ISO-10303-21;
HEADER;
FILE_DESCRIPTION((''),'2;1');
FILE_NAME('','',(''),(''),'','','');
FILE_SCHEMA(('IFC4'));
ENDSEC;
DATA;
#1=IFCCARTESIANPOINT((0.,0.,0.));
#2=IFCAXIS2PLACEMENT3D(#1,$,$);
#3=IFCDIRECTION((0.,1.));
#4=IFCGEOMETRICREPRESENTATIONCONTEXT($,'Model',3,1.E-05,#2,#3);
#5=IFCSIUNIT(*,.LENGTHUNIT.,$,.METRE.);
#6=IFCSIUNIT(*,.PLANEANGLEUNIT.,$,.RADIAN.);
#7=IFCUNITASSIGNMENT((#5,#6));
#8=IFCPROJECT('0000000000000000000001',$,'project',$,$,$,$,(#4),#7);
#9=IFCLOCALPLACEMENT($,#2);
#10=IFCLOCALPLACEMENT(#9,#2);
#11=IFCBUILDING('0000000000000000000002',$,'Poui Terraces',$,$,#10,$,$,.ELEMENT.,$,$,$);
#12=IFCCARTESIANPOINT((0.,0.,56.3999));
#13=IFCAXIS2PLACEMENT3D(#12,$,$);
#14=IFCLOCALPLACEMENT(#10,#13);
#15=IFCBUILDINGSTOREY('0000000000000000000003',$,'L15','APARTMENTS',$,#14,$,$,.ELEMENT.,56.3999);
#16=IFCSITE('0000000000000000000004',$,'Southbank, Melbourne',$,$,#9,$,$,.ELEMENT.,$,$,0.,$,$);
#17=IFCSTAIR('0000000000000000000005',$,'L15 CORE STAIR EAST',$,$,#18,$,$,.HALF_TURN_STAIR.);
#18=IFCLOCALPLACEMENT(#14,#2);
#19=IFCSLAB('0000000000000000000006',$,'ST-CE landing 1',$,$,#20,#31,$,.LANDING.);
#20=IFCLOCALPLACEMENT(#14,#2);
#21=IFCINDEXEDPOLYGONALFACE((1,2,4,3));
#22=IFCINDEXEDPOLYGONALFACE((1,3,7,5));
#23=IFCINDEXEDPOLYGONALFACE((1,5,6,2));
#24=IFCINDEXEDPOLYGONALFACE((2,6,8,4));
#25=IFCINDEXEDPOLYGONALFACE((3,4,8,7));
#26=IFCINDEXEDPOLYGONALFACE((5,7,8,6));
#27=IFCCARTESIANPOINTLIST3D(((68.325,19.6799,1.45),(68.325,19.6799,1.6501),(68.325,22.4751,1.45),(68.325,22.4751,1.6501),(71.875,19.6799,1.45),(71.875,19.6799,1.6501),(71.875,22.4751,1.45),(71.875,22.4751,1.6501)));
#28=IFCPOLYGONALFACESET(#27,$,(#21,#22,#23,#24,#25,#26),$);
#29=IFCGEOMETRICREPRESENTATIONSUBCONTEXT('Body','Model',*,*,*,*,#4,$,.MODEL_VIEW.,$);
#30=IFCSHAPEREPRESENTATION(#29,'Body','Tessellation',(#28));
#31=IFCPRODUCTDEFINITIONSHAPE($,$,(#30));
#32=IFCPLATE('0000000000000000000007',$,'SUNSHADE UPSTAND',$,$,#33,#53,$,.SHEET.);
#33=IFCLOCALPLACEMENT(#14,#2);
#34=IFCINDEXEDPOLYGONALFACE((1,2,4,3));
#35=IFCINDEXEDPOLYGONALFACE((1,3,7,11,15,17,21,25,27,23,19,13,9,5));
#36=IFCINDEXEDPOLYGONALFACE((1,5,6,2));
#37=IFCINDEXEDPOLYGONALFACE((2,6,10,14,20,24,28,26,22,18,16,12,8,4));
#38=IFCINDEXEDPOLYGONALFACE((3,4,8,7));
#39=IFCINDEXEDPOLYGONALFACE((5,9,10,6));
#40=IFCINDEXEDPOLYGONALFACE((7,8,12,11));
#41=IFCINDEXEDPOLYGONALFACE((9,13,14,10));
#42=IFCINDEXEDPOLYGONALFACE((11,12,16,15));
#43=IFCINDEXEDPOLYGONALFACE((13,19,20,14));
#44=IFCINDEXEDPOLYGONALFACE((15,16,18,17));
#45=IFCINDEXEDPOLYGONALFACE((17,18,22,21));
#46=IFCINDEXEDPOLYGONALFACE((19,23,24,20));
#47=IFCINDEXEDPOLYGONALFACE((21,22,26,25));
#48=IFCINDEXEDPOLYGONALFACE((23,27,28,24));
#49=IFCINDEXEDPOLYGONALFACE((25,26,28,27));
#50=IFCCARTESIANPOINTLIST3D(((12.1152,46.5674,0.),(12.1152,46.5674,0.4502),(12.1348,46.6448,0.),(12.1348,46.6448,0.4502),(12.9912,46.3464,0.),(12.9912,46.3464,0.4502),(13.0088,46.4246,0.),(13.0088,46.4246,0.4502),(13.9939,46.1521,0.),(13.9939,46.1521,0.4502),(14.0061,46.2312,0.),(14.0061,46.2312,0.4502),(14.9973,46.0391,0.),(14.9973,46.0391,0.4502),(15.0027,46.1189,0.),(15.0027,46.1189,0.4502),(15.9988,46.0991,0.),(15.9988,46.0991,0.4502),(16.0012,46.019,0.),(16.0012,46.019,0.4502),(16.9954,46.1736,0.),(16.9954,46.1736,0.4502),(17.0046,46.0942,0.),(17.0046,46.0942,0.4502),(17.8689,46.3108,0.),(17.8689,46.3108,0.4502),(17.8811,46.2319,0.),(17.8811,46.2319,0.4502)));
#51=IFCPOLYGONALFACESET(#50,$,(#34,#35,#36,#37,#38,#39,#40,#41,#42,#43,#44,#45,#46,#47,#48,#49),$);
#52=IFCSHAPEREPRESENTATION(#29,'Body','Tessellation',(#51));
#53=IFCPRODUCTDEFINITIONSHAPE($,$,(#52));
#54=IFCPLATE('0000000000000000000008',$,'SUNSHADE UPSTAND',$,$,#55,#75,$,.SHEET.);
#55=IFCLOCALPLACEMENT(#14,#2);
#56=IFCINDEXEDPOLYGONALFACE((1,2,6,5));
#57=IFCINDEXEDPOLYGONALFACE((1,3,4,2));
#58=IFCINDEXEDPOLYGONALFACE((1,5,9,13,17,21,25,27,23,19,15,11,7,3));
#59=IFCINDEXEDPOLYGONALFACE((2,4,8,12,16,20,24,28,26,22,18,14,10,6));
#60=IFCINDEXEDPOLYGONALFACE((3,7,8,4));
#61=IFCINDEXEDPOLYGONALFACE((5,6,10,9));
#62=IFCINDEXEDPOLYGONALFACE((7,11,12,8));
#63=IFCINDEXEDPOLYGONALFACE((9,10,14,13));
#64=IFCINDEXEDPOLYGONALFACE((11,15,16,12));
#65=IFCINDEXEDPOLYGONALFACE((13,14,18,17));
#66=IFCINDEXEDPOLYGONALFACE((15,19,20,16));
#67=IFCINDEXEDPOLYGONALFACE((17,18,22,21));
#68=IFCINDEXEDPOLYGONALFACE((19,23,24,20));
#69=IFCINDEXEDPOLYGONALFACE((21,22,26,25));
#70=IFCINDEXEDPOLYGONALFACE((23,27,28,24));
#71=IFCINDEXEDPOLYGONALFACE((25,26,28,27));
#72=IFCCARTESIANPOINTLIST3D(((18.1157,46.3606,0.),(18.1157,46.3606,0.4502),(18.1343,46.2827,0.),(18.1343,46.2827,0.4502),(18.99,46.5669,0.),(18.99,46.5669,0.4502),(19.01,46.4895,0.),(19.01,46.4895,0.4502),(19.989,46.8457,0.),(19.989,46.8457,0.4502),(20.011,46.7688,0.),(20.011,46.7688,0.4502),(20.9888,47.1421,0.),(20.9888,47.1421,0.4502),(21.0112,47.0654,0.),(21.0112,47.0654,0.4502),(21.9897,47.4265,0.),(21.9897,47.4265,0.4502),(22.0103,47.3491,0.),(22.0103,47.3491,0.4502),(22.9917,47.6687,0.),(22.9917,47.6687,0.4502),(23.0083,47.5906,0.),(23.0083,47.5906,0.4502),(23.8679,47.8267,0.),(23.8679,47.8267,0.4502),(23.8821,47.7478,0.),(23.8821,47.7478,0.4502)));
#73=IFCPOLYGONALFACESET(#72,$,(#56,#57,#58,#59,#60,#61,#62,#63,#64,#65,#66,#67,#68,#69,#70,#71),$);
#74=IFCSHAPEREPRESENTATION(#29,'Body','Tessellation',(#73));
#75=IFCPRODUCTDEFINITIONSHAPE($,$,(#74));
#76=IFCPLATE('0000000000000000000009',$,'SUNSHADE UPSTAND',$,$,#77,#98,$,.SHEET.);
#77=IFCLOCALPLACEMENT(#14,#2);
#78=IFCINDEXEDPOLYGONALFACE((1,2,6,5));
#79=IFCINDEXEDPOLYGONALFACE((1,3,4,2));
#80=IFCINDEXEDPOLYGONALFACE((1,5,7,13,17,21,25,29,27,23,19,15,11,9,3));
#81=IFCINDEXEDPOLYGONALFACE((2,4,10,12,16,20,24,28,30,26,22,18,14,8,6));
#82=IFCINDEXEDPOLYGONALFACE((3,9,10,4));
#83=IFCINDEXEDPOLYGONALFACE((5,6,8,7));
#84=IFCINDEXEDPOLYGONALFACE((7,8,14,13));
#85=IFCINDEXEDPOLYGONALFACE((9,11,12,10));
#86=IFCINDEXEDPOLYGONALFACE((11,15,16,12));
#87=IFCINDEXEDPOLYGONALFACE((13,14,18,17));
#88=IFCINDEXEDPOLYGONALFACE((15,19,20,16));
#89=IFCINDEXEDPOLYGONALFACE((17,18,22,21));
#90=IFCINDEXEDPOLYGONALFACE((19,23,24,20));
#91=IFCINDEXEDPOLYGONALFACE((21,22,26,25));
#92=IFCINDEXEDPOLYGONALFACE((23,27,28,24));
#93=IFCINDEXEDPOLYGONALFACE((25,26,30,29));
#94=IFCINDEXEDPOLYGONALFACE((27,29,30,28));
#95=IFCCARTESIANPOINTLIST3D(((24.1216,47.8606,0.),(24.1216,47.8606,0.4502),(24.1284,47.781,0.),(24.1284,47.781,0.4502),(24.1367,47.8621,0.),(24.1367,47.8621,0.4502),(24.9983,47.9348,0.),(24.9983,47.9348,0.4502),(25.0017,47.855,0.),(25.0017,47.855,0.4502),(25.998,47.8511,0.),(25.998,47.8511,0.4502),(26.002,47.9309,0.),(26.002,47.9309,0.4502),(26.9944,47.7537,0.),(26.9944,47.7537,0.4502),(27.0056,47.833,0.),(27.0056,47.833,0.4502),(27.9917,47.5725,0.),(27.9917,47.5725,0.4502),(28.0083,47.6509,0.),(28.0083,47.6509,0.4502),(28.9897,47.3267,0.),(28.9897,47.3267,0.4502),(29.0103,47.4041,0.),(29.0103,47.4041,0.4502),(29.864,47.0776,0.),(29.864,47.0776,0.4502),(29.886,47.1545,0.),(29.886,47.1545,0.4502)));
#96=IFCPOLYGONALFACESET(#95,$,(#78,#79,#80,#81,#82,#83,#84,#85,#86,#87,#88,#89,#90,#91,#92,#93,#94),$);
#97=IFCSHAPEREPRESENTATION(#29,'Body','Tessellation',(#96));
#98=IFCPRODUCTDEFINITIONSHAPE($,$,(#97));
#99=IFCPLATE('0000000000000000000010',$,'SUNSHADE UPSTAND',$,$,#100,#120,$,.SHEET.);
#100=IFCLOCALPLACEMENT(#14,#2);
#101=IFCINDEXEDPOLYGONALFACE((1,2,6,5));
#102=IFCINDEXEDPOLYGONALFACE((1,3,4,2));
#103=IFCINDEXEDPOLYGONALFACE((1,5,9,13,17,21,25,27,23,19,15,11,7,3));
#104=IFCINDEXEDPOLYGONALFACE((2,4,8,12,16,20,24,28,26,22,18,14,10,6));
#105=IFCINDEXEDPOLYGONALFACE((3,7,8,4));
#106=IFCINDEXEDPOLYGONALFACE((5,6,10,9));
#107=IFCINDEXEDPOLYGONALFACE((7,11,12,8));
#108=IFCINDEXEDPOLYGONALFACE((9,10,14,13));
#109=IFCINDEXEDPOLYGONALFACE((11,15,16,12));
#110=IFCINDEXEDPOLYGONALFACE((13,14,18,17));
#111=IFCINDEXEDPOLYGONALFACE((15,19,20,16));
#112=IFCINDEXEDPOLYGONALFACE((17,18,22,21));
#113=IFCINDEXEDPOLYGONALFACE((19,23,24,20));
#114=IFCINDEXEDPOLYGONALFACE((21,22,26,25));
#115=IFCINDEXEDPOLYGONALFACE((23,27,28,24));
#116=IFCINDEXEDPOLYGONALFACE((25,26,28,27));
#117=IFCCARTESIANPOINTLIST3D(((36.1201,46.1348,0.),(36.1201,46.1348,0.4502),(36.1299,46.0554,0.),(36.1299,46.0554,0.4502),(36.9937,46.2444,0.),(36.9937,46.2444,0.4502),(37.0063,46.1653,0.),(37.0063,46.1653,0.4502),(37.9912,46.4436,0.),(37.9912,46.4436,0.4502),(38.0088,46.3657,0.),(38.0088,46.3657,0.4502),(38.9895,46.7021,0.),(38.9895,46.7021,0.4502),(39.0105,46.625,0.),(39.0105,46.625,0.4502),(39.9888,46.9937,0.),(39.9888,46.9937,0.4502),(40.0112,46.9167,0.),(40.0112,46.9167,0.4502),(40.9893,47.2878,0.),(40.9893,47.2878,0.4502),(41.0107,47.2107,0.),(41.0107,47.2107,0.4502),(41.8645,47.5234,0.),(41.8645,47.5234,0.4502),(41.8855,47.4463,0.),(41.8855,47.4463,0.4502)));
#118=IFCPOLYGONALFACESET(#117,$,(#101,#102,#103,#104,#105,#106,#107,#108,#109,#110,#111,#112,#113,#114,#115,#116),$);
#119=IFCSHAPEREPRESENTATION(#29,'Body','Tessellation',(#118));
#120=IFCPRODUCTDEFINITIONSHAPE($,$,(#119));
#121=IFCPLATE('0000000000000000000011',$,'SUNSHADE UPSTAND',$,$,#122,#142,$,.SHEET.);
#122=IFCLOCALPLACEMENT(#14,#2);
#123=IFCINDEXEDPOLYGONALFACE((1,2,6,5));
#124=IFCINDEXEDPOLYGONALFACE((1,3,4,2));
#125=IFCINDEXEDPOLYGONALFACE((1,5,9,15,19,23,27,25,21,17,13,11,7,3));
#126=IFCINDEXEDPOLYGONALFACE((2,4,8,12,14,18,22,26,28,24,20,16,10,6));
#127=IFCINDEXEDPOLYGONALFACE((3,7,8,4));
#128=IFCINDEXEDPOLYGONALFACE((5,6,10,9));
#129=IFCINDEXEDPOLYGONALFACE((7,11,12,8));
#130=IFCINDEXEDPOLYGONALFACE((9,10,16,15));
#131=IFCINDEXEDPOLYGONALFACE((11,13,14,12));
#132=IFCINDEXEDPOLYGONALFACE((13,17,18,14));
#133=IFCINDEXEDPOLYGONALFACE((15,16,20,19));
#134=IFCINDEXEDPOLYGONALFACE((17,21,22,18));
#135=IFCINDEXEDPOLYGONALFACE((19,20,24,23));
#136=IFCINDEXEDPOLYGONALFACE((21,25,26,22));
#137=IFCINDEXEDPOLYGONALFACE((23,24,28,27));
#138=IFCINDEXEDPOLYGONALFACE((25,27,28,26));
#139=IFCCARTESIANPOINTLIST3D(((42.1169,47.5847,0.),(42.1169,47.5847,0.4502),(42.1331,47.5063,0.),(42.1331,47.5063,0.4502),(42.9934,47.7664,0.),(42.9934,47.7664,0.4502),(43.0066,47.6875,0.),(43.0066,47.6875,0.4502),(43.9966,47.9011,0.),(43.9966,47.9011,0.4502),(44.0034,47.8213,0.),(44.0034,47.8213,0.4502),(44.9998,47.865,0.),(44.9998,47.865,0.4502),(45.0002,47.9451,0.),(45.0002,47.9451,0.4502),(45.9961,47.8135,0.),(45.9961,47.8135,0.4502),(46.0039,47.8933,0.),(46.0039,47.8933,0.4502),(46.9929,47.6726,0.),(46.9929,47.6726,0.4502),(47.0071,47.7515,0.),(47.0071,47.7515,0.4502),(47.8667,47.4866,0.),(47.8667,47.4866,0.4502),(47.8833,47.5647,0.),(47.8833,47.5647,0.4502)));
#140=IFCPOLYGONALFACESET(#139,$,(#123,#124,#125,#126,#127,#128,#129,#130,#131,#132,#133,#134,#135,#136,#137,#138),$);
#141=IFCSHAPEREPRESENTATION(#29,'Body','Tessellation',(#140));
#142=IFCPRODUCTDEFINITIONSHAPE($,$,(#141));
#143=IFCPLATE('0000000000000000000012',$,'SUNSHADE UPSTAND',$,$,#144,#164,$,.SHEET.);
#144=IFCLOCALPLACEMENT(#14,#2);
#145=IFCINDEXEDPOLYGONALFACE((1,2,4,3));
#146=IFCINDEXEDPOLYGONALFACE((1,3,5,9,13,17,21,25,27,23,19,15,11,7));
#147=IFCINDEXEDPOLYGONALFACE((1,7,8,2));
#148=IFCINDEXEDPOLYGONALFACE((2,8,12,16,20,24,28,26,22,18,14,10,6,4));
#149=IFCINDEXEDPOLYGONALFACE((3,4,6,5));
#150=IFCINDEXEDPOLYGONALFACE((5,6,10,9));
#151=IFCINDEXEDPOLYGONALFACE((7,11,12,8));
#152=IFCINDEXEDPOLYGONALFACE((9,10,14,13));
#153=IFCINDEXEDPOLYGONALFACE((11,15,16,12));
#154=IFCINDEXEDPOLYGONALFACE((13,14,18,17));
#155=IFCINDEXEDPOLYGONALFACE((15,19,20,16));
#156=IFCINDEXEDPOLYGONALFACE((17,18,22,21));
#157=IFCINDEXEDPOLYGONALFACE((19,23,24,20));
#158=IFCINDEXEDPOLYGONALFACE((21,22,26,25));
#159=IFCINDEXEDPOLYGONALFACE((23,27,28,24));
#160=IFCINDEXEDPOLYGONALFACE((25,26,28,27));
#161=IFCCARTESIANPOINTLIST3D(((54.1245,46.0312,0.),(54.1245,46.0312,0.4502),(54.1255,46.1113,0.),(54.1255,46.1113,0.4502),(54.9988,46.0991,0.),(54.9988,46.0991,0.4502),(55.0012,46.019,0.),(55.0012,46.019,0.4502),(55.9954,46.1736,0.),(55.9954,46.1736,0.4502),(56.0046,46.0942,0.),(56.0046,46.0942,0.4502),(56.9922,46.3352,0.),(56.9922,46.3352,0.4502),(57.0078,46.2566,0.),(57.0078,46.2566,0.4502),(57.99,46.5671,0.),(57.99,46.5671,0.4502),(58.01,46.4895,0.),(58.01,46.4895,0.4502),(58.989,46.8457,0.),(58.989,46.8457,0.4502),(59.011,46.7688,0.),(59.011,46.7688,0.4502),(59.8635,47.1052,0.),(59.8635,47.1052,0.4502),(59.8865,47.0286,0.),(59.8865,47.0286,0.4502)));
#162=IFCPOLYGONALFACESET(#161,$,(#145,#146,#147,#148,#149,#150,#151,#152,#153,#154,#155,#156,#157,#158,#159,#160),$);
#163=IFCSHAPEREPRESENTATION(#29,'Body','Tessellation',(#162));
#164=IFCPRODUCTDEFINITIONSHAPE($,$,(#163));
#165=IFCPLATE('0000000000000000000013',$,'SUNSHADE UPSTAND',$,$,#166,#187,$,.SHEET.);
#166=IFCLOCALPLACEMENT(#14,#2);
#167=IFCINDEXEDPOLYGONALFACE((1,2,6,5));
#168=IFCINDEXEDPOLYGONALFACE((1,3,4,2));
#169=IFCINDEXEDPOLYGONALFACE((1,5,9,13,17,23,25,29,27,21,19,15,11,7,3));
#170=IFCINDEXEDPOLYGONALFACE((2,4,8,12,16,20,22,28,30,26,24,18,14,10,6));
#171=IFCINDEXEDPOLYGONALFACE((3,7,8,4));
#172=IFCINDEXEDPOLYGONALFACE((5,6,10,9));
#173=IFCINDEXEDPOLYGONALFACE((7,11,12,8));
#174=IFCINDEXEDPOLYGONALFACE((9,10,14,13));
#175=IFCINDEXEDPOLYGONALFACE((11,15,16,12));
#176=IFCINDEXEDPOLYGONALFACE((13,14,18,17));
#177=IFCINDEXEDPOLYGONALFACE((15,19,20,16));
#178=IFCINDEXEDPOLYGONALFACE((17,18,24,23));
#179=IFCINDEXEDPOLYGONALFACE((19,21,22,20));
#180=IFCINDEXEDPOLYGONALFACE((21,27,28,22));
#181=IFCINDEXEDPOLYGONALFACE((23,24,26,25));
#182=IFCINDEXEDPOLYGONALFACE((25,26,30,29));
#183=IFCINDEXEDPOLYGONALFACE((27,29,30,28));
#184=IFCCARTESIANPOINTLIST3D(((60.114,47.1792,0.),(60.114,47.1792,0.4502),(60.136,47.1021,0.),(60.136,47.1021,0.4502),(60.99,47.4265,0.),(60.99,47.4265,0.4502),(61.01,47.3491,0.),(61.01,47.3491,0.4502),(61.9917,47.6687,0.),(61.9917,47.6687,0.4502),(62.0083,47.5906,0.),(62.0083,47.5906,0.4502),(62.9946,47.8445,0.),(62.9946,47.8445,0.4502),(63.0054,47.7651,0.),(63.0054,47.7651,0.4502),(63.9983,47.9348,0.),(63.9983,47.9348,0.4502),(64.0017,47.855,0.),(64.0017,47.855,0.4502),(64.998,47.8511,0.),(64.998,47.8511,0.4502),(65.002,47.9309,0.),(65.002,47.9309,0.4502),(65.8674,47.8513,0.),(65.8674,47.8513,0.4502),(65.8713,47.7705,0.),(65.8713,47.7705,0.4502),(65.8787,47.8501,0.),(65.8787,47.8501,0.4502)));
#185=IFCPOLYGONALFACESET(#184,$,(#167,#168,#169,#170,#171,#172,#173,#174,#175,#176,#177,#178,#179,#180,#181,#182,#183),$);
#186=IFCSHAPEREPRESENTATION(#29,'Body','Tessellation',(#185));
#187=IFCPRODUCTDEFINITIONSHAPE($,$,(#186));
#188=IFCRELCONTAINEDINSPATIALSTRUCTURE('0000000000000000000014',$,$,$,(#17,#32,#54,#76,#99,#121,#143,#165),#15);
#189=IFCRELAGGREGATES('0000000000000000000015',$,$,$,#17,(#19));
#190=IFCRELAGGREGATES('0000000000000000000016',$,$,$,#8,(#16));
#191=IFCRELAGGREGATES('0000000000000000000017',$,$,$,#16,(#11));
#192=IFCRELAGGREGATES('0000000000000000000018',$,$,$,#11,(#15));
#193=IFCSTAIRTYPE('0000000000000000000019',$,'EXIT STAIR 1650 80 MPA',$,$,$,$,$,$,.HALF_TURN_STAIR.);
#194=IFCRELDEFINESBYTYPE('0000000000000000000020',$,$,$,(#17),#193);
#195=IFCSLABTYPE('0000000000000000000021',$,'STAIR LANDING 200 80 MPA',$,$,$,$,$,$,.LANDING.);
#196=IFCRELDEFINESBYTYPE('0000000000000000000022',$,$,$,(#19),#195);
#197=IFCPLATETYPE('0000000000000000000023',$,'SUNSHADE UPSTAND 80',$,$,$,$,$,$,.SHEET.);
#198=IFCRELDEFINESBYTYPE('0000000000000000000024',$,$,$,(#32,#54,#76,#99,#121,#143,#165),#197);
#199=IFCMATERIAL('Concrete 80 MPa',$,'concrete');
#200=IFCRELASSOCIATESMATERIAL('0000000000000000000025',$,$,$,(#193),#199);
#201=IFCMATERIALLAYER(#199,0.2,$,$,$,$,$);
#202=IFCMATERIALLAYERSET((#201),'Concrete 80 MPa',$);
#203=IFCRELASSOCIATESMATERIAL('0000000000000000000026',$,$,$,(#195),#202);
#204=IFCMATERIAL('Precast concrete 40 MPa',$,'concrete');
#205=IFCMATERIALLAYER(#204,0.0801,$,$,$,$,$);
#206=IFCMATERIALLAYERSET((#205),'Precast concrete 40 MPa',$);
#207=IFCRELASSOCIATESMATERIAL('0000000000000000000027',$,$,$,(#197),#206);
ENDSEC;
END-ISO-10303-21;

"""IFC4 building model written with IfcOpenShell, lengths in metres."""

from ifc_helpers import new_model, si_unit, direction, frame, origin, place, context, subcontext, project, spatial, polyline, outline, extrude, material, layer, layer_set, type_object, element, aggregate, save


model = new_model("IFC4")

# Units and contexts
model_context = context("Model", 3, precision=1e-05, world=origin(), true_north=direction((0.0, 1.0)))
body_context = subcontext(model_context, "Body", "Model", "MODEL_VIEW")
ifc_project = project(units=[si_unit("LENGTHUNIT", "METRE"), si_unit("PLANEANGLEUNIT", "RADIAN")], contexts=[model_context])

# Site, building, storey
site_placement = place(None, origin())
site = spatial("IfcSite", under=ifc_project, at=site_placement, Name="Southbank, Melbourne", CompositionType="ELEMENT", RefElevation=0.0)
building_placement = place(site_placement, origin())
building = spatial("IfcBuilding", under=site, at=building_placement, Name="Poui Terraces", CompositionType="ELEMENT")
storey_placement = place(building_placement, frame((0.0, 0.0, 56.3999)))
storey = spatial("IfcBuildingStorey", under=building, at=storey_placement, Name="L15", Description="APARTMENTS", CompositionType="ELEMENT", Elevation=56.3999)

# Shared definitions
ifc_material_1 = material(Name="Precast concrete 40 MPa", Category="concrete")

# Stair, slab
ifc_material_2 = material(Name="Concrete 80 MPa", Category="concrete")
stair_type = type_object("IfcStairType", Name="EXIT STAIR 1650 80 MPA", PredefinedType="HALF_TURN_STAIR", material=ifc_material_2)
stair_placement = place(storey_placement, origin())
stair = element("IfcStair", 1, at=stair_placement, inside=storey, type_object=stair_type, Name="L15 CORE STAIR EAST", PredefinedType="HALF_TURN_STAIR")
ifc_layer_1 = layer(ifc_material_2, 0.2)
ifc_layer_set_1 = layer_set([ifc_layer_1], Name="Concrete 80 MPa")
slab_type_1 = type_object("IfcSlabType", Name="STAIR LANDING 200 80 MPA", PredefinedType="LANDING", material=ifc_layer_set_1)
slab_1_placement = place(storey_placement, frame((0.0, 0.0, 1.45)))
slab_1 = element("IfcSlab", 2, at=slab_1_placement, type_object=slab_type_1, Name="ST-CE landing 1", PredefinedType="LANDING", context=body_context, shape_type="SweptSolid", body=[
    extrude(outline(polyline([(68.325, 19.6799), (71.875, 19.6799), (71.875, 22.4751), (68.325, 22.4751), (68.325, 19.6799)])), origin(), (0.0, 0.0, 1.0), 0.2002),
])
aggregate(stair, [slab_1])

# Plates
ifc_layer_2 = layer(ifc_material_1, 0.0801)
ifc_layer_set_2 = layer_set([ifc_layer_2], Name="Precast concrete 40 MPa")
plate_type = type_object("IfcPlateType", Name="SUNSHADE UPSTAND 80", PredefinedType="SHEET", material=ifc_layer_set_2)
plate_1_placement = place(storey_placement, origin())
element("IfcPlate", 3, at=plate_1_placement, inside=storey, type_object=plate_type, Name="SUNSHADE UPSTAND", PredefinedType="SHEET", context=body_context, shape_type="SweptSolid", body=[
    extrude(outline(polyline([(13.0088, 46.4246), (12.1348, 46.6448), (12.1152, 46.5674), (12.9912, 46.3464), (13.9939, 46.1521), (14.9973, 46.0391), (16.0012, 46.019), (17.0046, 46.0942), (17.8811, 46.2319), (17.8689, 46.3108), (16.9954, 46.1736), (15.9988, 46.0991), (15.0027, 46.1189), (14.0061, 46.2312), (13.0088, 46.4246)])), origin(), (0.0, 0.0, 1.0), 0.4502),
])
plate_2_placement = place(storey_placement, origin())
element("IfcPlate", 4, at=plate_2_placement, inside=storey, type_object=plate_type, Name="SUNSHADE UPSTAND", PredefinedType="SHEET", context=body_context, shape_type="SweptSolid", body=[
    extrude(outline(polyline([(18.99, 46.5669), (18.1157, 46.3606), (18.1343, 46.2827), (19.01, 46.4895), (20.011, 46.7688), (21.0112, 47.0654), (22.0103, 47.3491), (23.0083, 47.5906), (23.8821, 47.7478), (23.8679, 47.8267), (22.9917, 47.6687), (21.9897, 47.4265), (20.9888, 47.1421), (19.989, 46.8457), (18.99, 46.5669)])), origin(), (0.0, 0.0, 1.0), 0.4502),
])
plate_3_placement = place(storey_placement, origin())
element("IfcPlate", 5, at=plate_3_placement, inside=storey, type_object=plate_type, Name="SUNSHADE UPSTAND", PredefinedType="SHEET", context=body_context, shape_type="SweptSolid", body=[
    extrude(outline(polyline([(24.9983, 47.9348), (24.1367, 47.8621), (24.1216, 47.8606), (24.1284, 47.781), (25.0017, 47.855), (25.998, 47.8511), (26.9944, 47.7537), (27.9917, 47.5725), (28.9897, 47.3267), (29.864, 47.0776), (29.886, 47.1545), (29.0103, 47.4041), (28.0083, 47.6509), (27.0056, 47.833), (26.002, 47.9309), (24.9983, 47.9348)])), origin(), (0.0, 0.0, 1.0), 0.4502),
])
plate_4_placement = place(storey_placement, origin())
element("IfcPlate", 6, at=plate_4_placement, inside=storey, type_object=plate_type, Name="SUNSHADE UPSTAND", PredefinedType="SHEET", context=body_context, shape_type="SweptSolid", body=[
    extrude(outline(polyline([(36.9937, 46.2444), (36.1201, 46.1348), (36.1299, 46.0554), (37.0063, 46.1653), (38.0088, 46.3657), (39.0105, 46.625), (40.0112, 46.9167), (41.0107, 47.2107), (41.8855, 47.4463), (41.8645, 47.5234), (40.9893, 47.2878), (39.9888, 46.9937), (38.9895, 46.7021), (37.9912, 46.4436), (36.9937, 46.2444)])), origin(), (0.0, 0.0, 1.0), 0.4502),
])
plate_5_placement = place(storey_placement, origin())
element("IfcPlate", 7, at=plate_5_placement, inside=storey, type_object=plate_type, Name="SUNSHADE UPSTAND", PredefinedType="SHEET", context=body_context, shape_type="SweptSolid", body=[
    extrude(outline(polyline([(42.9934, 47.7664), (42.1169, 47.5847), (42.1331, 47.5063), (43.0066, 47.6875), (44.0034, 47.8213), (44.9998, 47.865), (45.9961, 47.8135), (46.9929, 47.6726), (47.8667, 47.4866), (47.8833, 47.5647), (47.0071, 47.7515), (46.0039, 47.8933), (45.0002, 47.9451), (43.9966, 47.9011), (42.9934, 47.7664)])), origin(), (0.0, 0.0, 1.0), 0.4502),
])
plate_6_placement = place(storey_placement, origin())
element("IfcPlate", 8, at=plate_6_placement, inside=storey, type_object=plate_type, Name="SUNSHADE UPSTAND", PredefinedType="SHEET", context=body_context, shape_type="SweptSolid", body=[
    extrude(outline(polyline([(54.9988, 46.0991), (54.1255, 46.1113), (54.1245, 46.0312), (55.0012, 46.019), (56.0046, 46.0942), (57.0078, 46.2566), (58.01, 46.4895), (59.011, 46.7688), (59.8865, 47.0286), (59.8635, 47.1052), (58.989, 46.8457), (57.99, 46.5671), (56.9922, 46.3352), (55.9954, 46.1736), (54.9988, 46.0991)])), origin(), (0.0, 0.0, 1.0), 0.4502),
])
plate_7_placement = place(storey_placement, origin())
element("IfcPlate", 9, at=plate_7_placement, inside=storey, type_object=plate_type, Name="SUNSHADE UPSTAND", PredefinedType="SHEET", context=body_context, shape_type="SweptSolid", body=[
    extrude(outline(polyline([(60.99, 47.4265), (60.114, 47.1792), (60.136, 47.1021), (61.01, 47.3491), (62.0083, 47.5906), (63.0054, 47.7651), (64.0017, 47.855), (64.998, 47.8511), (65.8713, 47.7705), (65.8787, 47.8501), (65.8674, 47.8513), (65.002, 47.9309), (63.9983, 47.9348), (62.9946, 47.8445), (61.9917, 47.6687), (60.99, 47.4265)])), origin(), (0.0, 0.0, 1.0), 0.4502),
])

save(model, "model.ifc")
